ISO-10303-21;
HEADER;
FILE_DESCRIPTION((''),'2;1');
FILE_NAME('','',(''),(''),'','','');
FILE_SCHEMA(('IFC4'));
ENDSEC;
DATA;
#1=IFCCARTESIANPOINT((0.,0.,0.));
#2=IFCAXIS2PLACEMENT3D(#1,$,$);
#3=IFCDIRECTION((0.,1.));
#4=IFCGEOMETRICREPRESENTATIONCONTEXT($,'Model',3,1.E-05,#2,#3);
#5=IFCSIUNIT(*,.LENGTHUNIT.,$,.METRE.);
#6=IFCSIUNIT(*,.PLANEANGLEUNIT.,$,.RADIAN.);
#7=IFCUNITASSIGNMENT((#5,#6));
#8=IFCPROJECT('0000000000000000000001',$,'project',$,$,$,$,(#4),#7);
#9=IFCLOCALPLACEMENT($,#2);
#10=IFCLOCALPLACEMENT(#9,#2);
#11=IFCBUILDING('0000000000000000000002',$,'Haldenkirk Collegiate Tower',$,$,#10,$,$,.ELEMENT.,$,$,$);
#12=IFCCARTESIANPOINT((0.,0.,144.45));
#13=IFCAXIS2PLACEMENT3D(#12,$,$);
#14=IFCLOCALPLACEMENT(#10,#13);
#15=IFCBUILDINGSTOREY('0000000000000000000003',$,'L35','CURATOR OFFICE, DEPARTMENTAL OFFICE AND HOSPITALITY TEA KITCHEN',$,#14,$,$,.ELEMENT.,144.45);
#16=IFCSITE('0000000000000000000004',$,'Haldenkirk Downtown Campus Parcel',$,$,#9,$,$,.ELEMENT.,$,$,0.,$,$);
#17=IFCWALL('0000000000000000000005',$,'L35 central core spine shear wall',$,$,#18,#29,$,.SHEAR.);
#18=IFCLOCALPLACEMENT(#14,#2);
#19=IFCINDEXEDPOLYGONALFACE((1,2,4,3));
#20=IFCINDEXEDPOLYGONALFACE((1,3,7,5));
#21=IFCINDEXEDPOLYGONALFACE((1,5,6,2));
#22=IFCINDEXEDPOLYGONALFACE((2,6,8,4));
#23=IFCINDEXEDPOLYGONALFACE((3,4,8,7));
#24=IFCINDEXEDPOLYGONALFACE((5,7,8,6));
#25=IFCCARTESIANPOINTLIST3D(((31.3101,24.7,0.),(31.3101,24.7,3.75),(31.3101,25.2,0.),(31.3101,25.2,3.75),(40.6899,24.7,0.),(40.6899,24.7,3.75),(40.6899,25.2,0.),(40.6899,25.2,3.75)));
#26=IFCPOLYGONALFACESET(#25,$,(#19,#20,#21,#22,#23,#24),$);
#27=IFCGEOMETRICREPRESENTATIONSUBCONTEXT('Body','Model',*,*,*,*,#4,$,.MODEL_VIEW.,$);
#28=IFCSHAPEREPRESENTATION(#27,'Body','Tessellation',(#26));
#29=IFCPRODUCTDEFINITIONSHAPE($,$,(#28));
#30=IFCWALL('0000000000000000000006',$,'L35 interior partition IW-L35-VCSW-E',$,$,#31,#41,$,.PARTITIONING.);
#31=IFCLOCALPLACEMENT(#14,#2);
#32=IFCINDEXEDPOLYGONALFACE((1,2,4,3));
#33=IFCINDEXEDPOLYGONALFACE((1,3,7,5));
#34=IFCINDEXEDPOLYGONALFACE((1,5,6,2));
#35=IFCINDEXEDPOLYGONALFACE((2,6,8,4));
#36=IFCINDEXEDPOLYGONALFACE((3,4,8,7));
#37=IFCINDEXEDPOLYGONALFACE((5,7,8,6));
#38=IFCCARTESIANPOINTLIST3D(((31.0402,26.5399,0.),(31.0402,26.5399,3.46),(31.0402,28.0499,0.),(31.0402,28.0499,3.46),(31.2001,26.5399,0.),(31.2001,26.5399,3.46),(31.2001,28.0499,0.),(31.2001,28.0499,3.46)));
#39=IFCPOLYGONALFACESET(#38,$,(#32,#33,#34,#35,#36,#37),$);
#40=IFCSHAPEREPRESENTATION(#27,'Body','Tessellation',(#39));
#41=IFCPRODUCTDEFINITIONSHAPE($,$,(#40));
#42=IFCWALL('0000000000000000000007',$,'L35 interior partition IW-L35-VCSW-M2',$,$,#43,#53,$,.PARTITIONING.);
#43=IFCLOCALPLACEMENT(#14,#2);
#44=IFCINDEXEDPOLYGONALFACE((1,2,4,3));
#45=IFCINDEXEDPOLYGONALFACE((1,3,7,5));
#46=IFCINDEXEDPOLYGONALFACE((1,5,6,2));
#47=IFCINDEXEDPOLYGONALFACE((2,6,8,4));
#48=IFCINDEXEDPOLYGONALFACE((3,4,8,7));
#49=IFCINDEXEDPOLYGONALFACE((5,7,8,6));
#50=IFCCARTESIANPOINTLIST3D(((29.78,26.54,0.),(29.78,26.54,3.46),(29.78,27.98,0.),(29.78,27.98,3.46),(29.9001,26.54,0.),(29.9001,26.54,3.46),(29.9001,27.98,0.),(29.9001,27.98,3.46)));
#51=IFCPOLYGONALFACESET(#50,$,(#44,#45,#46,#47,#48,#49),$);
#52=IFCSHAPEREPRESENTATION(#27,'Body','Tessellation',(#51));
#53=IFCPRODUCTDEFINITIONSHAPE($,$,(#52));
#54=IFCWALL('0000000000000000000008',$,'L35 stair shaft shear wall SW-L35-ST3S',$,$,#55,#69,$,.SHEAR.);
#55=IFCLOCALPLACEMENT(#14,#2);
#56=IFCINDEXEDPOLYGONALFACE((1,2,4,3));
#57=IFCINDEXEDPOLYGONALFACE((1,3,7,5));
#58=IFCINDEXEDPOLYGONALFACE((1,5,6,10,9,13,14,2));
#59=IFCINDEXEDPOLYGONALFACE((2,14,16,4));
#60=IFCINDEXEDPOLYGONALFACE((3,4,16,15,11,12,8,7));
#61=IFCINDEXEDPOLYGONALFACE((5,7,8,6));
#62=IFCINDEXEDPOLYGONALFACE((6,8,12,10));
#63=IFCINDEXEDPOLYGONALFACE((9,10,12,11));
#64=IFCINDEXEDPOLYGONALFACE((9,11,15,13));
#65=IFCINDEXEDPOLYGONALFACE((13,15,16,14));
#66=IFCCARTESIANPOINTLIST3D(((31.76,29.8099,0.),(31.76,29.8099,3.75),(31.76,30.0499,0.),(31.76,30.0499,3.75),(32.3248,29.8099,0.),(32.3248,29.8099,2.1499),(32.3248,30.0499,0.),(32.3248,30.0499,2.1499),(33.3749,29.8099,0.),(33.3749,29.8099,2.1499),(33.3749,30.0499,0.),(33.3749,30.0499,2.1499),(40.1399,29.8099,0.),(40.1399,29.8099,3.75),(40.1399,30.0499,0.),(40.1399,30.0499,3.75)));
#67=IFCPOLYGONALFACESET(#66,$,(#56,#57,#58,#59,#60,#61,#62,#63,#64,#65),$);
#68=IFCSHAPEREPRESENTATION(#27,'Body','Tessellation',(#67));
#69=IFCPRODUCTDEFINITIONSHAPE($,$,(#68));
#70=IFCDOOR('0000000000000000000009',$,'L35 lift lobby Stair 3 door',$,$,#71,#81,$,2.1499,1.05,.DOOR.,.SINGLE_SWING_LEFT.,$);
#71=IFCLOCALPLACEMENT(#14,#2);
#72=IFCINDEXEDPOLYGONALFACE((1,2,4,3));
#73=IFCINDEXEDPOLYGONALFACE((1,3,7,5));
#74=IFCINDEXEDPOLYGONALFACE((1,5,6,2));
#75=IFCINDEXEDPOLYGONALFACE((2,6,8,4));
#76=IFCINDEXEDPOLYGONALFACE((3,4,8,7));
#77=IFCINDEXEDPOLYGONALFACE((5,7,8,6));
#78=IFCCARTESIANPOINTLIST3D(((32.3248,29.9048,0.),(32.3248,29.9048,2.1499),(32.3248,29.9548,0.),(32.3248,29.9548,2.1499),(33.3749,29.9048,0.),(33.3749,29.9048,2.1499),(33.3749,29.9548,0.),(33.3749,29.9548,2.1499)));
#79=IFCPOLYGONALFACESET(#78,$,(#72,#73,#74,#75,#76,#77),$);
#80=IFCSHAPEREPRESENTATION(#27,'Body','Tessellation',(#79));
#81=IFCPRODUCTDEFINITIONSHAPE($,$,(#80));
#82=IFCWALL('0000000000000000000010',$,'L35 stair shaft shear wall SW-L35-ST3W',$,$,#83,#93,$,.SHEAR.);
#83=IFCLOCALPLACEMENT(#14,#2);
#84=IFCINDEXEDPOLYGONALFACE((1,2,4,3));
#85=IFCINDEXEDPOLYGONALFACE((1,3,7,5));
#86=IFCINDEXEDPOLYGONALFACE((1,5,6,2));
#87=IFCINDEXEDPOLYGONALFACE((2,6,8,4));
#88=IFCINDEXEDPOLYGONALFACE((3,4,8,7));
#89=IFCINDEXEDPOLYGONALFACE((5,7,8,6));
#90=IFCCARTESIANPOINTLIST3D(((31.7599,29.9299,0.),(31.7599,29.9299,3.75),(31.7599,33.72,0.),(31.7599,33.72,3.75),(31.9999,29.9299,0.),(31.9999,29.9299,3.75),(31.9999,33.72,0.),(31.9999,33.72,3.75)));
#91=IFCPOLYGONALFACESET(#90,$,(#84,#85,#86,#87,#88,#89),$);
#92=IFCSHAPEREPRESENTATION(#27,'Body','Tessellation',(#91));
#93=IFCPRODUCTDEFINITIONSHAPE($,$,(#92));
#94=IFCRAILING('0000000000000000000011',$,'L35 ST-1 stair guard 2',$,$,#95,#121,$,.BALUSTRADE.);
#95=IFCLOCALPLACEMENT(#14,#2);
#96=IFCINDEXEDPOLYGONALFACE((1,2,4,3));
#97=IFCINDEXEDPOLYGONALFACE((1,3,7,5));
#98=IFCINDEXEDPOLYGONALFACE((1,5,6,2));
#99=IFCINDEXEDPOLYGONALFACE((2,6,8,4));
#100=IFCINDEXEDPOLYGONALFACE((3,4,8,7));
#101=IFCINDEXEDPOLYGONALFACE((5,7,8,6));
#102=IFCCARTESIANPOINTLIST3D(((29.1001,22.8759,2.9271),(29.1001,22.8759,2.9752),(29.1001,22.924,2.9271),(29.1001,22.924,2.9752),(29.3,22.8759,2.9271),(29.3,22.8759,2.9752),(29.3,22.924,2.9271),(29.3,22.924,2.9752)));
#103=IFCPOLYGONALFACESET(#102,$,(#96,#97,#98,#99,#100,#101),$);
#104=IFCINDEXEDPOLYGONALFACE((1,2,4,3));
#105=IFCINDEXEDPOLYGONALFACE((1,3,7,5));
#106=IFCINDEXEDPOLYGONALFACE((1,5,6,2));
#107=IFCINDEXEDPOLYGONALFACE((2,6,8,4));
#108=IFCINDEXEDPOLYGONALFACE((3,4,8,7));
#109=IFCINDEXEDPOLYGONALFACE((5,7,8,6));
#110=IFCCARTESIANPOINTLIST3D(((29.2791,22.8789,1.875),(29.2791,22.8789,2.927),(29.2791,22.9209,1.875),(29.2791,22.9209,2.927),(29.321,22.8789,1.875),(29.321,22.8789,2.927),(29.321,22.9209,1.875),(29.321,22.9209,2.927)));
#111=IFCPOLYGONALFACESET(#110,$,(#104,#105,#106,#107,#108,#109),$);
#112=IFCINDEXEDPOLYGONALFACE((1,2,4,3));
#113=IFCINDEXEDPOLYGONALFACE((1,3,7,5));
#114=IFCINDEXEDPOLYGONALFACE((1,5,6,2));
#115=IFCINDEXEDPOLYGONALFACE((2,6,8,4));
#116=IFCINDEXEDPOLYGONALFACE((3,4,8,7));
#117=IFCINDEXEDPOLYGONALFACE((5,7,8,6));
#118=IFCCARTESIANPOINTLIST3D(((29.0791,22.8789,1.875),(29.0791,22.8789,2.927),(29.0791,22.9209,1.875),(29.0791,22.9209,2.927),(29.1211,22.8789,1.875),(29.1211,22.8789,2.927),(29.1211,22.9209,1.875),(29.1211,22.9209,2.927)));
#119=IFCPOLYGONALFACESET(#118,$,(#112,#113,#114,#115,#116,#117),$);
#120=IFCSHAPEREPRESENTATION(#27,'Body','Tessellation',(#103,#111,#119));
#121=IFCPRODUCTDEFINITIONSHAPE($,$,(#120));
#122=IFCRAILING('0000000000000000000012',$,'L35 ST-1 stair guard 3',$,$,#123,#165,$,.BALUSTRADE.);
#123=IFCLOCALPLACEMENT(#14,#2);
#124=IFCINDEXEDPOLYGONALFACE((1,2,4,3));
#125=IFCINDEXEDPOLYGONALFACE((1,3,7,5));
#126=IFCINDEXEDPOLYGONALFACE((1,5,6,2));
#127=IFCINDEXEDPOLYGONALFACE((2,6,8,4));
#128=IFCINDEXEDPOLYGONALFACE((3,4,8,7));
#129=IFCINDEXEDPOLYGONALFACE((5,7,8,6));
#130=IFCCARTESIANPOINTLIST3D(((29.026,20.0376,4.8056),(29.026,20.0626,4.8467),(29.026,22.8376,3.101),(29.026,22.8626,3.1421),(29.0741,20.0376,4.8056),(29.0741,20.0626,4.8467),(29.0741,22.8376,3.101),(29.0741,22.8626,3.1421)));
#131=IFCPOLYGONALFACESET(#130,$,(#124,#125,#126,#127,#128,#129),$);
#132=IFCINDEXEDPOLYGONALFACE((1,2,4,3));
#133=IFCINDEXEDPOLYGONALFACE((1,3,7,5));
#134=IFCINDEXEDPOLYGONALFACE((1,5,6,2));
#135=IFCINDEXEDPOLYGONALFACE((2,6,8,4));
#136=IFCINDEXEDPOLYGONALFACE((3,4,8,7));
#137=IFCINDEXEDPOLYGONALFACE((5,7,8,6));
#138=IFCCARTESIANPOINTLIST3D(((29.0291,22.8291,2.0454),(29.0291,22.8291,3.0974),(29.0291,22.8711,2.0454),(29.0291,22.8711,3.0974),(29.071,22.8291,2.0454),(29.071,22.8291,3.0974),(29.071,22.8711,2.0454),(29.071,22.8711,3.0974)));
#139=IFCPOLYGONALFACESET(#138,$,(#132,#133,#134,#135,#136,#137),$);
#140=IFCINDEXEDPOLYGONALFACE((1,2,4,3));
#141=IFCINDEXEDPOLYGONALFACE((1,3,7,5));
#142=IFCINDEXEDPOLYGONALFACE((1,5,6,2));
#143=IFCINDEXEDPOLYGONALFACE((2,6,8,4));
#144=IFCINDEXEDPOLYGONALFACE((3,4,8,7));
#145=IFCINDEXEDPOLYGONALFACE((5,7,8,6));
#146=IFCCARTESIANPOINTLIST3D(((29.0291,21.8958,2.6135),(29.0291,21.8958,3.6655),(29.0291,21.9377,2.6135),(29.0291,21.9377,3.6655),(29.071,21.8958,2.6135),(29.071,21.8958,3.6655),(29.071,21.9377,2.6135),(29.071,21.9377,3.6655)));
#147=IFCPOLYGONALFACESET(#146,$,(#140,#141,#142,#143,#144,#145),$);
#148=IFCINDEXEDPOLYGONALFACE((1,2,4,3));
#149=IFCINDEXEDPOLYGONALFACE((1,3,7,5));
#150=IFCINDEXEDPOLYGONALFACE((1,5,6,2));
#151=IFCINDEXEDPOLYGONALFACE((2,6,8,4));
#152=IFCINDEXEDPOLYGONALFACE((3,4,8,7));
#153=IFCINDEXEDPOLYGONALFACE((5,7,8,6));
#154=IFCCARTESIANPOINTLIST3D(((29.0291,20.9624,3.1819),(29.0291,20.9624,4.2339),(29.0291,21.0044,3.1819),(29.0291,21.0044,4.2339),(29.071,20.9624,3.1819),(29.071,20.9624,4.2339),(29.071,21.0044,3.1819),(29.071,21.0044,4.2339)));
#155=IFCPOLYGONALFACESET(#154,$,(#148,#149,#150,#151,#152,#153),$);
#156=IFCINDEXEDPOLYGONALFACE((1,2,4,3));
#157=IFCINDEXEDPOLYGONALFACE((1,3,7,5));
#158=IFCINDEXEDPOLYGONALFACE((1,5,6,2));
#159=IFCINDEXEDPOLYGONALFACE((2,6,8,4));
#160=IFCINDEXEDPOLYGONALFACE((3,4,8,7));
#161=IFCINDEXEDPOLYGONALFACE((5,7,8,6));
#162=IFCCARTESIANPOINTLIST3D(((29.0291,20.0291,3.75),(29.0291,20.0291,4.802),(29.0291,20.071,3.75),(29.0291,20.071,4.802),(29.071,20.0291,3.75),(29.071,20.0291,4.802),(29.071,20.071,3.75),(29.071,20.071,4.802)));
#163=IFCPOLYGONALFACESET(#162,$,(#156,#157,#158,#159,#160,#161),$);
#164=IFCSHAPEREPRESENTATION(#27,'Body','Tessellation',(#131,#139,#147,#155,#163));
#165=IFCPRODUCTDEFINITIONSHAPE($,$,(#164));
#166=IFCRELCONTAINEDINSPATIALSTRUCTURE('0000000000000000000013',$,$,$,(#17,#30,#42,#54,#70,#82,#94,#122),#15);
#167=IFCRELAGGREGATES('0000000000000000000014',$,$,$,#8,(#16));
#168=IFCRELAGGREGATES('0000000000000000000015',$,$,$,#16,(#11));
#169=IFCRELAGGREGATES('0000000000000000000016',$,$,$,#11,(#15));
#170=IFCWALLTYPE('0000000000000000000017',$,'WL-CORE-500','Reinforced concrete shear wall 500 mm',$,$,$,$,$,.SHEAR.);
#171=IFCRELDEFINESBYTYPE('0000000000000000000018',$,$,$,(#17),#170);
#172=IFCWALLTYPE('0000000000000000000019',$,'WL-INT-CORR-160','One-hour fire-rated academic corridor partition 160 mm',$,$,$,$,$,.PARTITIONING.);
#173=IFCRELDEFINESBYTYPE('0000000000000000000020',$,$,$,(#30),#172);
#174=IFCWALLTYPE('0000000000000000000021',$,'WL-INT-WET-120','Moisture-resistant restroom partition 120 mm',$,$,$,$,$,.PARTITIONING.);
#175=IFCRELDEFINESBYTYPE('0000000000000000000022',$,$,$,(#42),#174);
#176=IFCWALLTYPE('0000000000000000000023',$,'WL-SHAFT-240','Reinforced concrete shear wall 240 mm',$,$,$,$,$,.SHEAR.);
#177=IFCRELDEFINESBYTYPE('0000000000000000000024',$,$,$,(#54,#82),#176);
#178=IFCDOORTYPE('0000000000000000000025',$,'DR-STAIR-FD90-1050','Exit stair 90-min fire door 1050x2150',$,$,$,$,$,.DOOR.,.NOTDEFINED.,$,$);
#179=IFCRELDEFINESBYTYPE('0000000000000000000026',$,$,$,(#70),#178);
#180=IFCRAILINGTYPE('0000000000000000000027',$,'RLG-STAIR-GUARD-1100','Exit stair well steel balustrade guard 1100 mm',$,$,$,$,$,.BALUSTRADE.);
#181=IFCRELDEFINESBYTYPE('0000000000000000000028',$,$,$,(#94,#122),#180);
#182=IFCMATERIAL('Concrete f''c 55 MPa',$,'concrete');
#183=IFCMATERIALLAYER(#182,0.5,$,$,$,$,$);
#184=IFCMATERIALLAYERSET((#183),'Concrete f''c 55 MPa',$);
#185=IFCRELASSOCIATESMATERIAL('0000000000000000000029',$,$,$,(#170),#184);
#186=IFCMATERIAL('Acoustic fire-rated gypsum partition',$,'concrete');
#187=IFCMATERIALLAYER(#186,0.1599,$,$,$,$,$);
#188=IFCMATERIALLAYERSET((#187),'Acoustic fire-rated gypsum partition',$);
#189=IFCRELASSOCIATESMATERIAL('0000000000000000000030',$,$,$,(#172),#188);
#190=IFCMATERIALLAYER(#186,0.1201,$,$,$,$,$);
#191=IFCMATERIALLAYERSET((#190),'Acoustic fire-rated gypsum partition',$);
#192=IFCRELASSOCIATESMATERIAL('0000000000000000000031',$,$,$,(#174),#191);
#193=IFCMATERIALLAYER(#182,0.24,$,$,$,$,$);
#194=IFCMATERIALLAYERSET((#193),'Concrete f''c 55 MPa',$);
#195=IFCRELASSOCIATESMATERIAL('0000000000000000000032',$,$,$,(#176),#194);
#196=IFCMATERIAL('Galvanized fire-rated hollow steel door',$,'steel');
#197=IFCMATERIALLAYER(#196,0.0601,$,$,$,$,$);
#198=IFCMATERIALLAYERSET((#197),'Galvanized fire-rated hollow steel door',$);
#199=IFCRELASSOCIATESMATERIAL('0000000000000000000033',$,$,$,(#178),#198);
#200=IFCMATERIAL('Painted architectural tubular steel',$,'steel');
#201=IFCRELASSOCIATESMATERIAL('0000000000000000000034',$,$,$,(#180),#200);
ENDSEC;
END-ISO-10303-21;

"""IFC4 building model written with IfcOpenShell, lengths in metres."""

from ifc_helpers import new_model, si_unit, direction, frame, frame_2d, origin, origin_2d, place, context, subcontext, project, spatial, rectangle, extrude, material, layer, layer_set, type_object, element, fill, save


model = new_model("IFC4")

# Units and contexts
model_context = context("Model", 3, precision=1e-05, world=origin(), true_north=direction((0.0, 1.0)))
body_context = subcontext(model_context, "Body", "Model", "MODEL_VIEW")
ifc_project = project(units=[si_unit("LENGTHUNIT", "METRE"), si_unit("PLANEANGLEUNIT", "RADIAN")], contexts=[model_context])

# Site, building, storey
site_placement = place(None, origin())
site = spatial("IfcSite", under=ifc_project, at=site_placement, Name="Haldenkirk Downtown Campus Parcel", CompositionType="ELEMENT", RefElevation=0.0)
building_placement = place(site_placement, origin())
building = spatial("IfcBuilding", under=site, at=building_placement, Name="Haldenkirk Collegiate Tower", CompositionType="ELEMENT")
storey_placement = place(building_placement, frame((0.0, 0.0, 144.45)))
storey = spatial("IfcBuildingStorey", under=building, at=storey_placement, Name="L35", Description="CURATOR OFFICE, DEPARTMENTAL OFFICE AND HOSPITALITY TEA KITCHEN", CompositionType="ELEMENT", Elevation=144.45)

# Walls
ifc_material_1 = material(Name="Concrete f'c 55 MPa", Category="concrete")
ifc_layer_1 = layer(ifc_material_1, 0.5)
ifc_layer_set_1 = layer_set([ifc_layer_1], Name="Concrete f'c 55 MPa")
wall_type_1 = type_object("IfcWallType", Name="WL-CORE-500", Description="Reinforced concrete shear wall 500 mm", PredefinedType="SHEAR", material=ifc_layer_set_1)
wall_1_placement = place(storey_placement, frame((31.3101, 24.95, 0.0), z_axis=(0.0, 0.0, 1.0), x_axis=(1.0, 0.0, 0.0)))
element("IfcWall", 1, at=wall_1_placement, inside=storey, type_object=wall_type_1, Name="L35 central core spine shear wall", PredefinedType="SHEAR", context=body_context, shape_type="SweptSolid", body=[
    extrude(rectangle(XDim=9.3799, YDim=0.5, at=frame_2d((4.6899, 0.0))), origin(), (0.0, 0.0, 1.0), 3.75),
])
ifc_material_2 = material(Name="Acoustic fire-rated gypsum partition", Category="concrete")
ifc_layer_2 = layer(ifc_material_2, 0.1599)
ifc_layer_set_2 = layer_set([ifc_layer_2], Name="Acoustic fire-rated gypsum partition")
wall_type_2 = type_object("IfcWallType", Name="WL-INT-CORR-160", Description="One-hour fire-rated academic corridor partition 160 mm", PredefinedType="PARTITIONING", material=ifc_layer_set_2)
wall_2_placement = place(storey_placement, frame((31.1201, 26.54, 0.0), z_axis=(0.0, 0.0, 1.0), x_axis=(0.0, 1.0, 0.0)))
element("IfcWall", 2, at=wall_2_placement, inside=storey, type_object=wall_type_2, Name="L35 interior partition IW-L35-VCSW-E", PredefinedType="PARTITIONING", context=body_context, shape_type="SweptSolid", body=[
    extrude(rectangle(XDim=1.51, YDim=0.1599, at=frame_2d((0.7549, 0.0))), origin(), (0.0, 0.0, 1.0), 3.46),
])

# Shared definitions
ifc_material_3 = material(Name="Galvanized fire-rated hollow steel door", Category="steel")

# Wall
ifc_layer_3 = layer(ifc_material_2, 0.1201)
ifc_layer_set_3 = layer_set([ifc_layer_3], Name="Acoustic fire-rated gypsum partition")
wall_type_3 = type_object("IfcWallType", Name="WL-INT-WET-120", Description="Moisture-resistant restroom partition 120 mm", PredefinedType="PARTITIONING", material=ifc_layer_set_3)
wall_3_placement = place(storey_placement, frame((29.8401, 26.54, 0.0), z_axis=(0.0, 0.0, 1.0), x_axis=(0.0, 1.0, 0.0)))
element("IfcWall", 3, at=wall_3_placement, inside=storey, type_object=wall_type_3, Name="L35 interior partition IW-L35-VCSW-M2", PredefinedType="PARTITIONING", context=body_context, shape_type="SweptSolid", body=[
    extrude(rectangle(XDim=1.4399, YDim=0.1201, at=frame_2d((0.72, 0.0))), origin(), (0.0, 0.0, 1.0), 3.46),
])

# Wall, opening, door
ifc_layer_4 = layer(ifc_material_1, 0.24)
ifc_layer_set_4 = layer_set([ifc_layer_4], Name="Concrete f'c 55 MPa")
wall_type_4 = type_object("IfcWallType", Name="WL-SHAFT-240", Description="Reinforced concrete shear wall 240 mm", PredefinedType="SHEAR", material=ifc_layer_set_4)
wall_4_placement = place(storey_placement, frame((31.76, 29.9299, 0.0), z_axis=(0.0, 0.0, 1.0), x_axis=(1.0, 0.0, 0.0)))
wall_4 = element("IfcWall", 4, at=wall_4_placement, inside=storey, type_object=wall_type_4, Name="L35 stair shaft shear wall SW-L35-ST3S", PredefinedType="SHEAR", context=body_context, shape_type="SweptSolid", body=[
    extrude(rectangle(XDim=8.3799, YDim=0.24, at=frame_2d((4.1899, 0.0))), origin(), (0.0, 0.0, 1.0), 3.75),
])
opening_1_placement = place(wall_4_placement, frame((0.5649, 0.0, 0.0)))
opening_1 = element("IfcOpeningElement", 5, at=opening_1_placement, cuts=wall_4, PredefinedType="OPENING", context=body_context, shape_type="SweptSolid", body=[
    extrude(rectangle(XDim=1.05, YDim=2.1499, at=frame_2d((0.5249, 1.075))), frame((0.0, 0.1299, 0.0), z_axis=(0.0, -1.0, 0.0), x_axis=(1.0, 0.0, 0.0)), (0.0, 0.0, 1.0), 0.26),
])
ifc_layer_5 = layer(ifc_material_3, 0.0601)
ifc_layer_set_5 = layer_set([ifc_layer_5], Name="Galvanized fire-rated hollow steel door")
door_type_1 = type_object("IfcDoorType", Name="DR-STAIR-FD90-1050", Description="Exit stair 90-min fire door 1050x2150", OperationType="NOTDEFINED", PredefinedType="DOOR", material=ifc_layer_set_5)
door_1_placement = place(opening_1_placement, origin())
door_1 = element("IfcDoor", 6, at=door_1_placement, inside=storey, type_object=door_type_1, Name="L35 lift lobby Stair 3 door", OperationType="SINGLE_SWING_LEFT", OverallHeight=2.1499, OverallWidth=1.05, PredefinedType="DOOR", context=body_context, shape_type="SweptSolid", body=[
    extrude(rectangle(XDim=1.05, YDim=2.1499, at=frame_2d((0.5249, 1.075))), frame((0.0, 0.0249, 0.0), z_axis=(0.0, -1.0, 0.0), x_axis=(1.0, 0.0, 0.0)), (0.0, 0.0, 1.0), 0.05),
])
fill(opening_1, door_1)

# Wall
wall_5_placement = place(storey_placement, frame((31.8799, 29.9299, 0.0), z_axis=(0.0, 0.0, 1.0), x_axis=(0.0, 1.0, 0.0)))
element("IfcWall", 7, at=wall_5_placement, inside=storey, type_object=wall_type_4, Name="L35 stair shaft shear wall SW-L35-ST3W", PredefinedType="SHEAR", context=body_context, shape_type="SweptSolid", body=[
    extrude(rectangle(XDim=3.79, YDim=0.24, at=frame_2d((1.895, 0.0))), origin(), (0.0, 0.0, 1.0), 3.75),
])

# Railings
ifc_material_4 = material(Name="Painted architectural tubular steel", Category="steel")
railing_type = type_object("IfcRailingType", Name="RLG-STAIR-GUARD-1100", Description="Exit stair well steel balustrade guard 1100 mm", PredefinedType="BALUSTRADE", material=ifc_material_4)
railing_1_placement = place(storey_placement, frame((29.3, 22.8999, 1.875)))
element("IfcRailing", 8, at=railing_1_placement, inside=storey, type_object=railing_type, Name="L35 ST-1 stair guard 2", PredefinedType="BALUSTRADE", context=body_context, shape_type="SweptSolid", body=[
    extrude(rectangle(XDim=0.0481, YDim=0.0481, at=origin_2d()), frame((0.0, 0.0, 1.0762), z_axis=(-1.0, 0.0, 0.0), x_axis=(0.0, -1.0, 0.0)), (0.0, 0.0, 1.0), 0.2),
    extrude(rectangle(XDim=0.042, YDim=0.042, at=origin_2d()), origin(), (0.0, 0.0, 1.0), 1.052),
    extrude(rectangle(XDim=0.042, YDim=0.042, at=origin_2d()), frame((-0.2, 0.0, 0.0)), (0.0, 0.0, 1.0), 1.052),
])
railing_2_placement = place(storey_placement, frame((29.05, 22.8501, 2.0454)))
element("IfcRailing", 9, at=railing_2_placement, inside=storey, type_object=railing_type, Name="L35 ST-1 stair guard 3", PredefinedType="BALUSTRADE", context=body_context, shape_type="SweptSolid", body=[
    extrude(rectangle(XDim=0.0481, YDim=0.0481, at=origin_2d()), frame((0.0, 0.0, 1.0762), z_axis=(0.0, -0.85417, 0.519994), x_axis=(1.0, 0.0, 0.0)), (0.0, 0.0, 1.0), 3.2781),
    extrude(rectangle(XDim=0.042, YDim=0.042, at=origin_2d()), origin(), (0.0, 0.0, 1.0), 1.052),
    extrude(rectangle(XDim=0.042, YDim=0.042, at=origin_2d()), frame((0.0, -0.9333, 0.5681)), (0.0, 0.0, 1.0), 1.052),
    extrude(rectangle(XDim=0.042, YDim=0.042, at=origin_2d()), frame((0.0, -1.8667, 1.1365)), (0.0, 0.0, 1.0), 1.052),
    extrude(rectangle(XDim=0.042, YDim=0.042, at=origin_2d()), frame((0.0, -2.8, 1.7046)), (0.0, 0.0, 1.0), 1.052),
])

save(model, "model.ifc")
